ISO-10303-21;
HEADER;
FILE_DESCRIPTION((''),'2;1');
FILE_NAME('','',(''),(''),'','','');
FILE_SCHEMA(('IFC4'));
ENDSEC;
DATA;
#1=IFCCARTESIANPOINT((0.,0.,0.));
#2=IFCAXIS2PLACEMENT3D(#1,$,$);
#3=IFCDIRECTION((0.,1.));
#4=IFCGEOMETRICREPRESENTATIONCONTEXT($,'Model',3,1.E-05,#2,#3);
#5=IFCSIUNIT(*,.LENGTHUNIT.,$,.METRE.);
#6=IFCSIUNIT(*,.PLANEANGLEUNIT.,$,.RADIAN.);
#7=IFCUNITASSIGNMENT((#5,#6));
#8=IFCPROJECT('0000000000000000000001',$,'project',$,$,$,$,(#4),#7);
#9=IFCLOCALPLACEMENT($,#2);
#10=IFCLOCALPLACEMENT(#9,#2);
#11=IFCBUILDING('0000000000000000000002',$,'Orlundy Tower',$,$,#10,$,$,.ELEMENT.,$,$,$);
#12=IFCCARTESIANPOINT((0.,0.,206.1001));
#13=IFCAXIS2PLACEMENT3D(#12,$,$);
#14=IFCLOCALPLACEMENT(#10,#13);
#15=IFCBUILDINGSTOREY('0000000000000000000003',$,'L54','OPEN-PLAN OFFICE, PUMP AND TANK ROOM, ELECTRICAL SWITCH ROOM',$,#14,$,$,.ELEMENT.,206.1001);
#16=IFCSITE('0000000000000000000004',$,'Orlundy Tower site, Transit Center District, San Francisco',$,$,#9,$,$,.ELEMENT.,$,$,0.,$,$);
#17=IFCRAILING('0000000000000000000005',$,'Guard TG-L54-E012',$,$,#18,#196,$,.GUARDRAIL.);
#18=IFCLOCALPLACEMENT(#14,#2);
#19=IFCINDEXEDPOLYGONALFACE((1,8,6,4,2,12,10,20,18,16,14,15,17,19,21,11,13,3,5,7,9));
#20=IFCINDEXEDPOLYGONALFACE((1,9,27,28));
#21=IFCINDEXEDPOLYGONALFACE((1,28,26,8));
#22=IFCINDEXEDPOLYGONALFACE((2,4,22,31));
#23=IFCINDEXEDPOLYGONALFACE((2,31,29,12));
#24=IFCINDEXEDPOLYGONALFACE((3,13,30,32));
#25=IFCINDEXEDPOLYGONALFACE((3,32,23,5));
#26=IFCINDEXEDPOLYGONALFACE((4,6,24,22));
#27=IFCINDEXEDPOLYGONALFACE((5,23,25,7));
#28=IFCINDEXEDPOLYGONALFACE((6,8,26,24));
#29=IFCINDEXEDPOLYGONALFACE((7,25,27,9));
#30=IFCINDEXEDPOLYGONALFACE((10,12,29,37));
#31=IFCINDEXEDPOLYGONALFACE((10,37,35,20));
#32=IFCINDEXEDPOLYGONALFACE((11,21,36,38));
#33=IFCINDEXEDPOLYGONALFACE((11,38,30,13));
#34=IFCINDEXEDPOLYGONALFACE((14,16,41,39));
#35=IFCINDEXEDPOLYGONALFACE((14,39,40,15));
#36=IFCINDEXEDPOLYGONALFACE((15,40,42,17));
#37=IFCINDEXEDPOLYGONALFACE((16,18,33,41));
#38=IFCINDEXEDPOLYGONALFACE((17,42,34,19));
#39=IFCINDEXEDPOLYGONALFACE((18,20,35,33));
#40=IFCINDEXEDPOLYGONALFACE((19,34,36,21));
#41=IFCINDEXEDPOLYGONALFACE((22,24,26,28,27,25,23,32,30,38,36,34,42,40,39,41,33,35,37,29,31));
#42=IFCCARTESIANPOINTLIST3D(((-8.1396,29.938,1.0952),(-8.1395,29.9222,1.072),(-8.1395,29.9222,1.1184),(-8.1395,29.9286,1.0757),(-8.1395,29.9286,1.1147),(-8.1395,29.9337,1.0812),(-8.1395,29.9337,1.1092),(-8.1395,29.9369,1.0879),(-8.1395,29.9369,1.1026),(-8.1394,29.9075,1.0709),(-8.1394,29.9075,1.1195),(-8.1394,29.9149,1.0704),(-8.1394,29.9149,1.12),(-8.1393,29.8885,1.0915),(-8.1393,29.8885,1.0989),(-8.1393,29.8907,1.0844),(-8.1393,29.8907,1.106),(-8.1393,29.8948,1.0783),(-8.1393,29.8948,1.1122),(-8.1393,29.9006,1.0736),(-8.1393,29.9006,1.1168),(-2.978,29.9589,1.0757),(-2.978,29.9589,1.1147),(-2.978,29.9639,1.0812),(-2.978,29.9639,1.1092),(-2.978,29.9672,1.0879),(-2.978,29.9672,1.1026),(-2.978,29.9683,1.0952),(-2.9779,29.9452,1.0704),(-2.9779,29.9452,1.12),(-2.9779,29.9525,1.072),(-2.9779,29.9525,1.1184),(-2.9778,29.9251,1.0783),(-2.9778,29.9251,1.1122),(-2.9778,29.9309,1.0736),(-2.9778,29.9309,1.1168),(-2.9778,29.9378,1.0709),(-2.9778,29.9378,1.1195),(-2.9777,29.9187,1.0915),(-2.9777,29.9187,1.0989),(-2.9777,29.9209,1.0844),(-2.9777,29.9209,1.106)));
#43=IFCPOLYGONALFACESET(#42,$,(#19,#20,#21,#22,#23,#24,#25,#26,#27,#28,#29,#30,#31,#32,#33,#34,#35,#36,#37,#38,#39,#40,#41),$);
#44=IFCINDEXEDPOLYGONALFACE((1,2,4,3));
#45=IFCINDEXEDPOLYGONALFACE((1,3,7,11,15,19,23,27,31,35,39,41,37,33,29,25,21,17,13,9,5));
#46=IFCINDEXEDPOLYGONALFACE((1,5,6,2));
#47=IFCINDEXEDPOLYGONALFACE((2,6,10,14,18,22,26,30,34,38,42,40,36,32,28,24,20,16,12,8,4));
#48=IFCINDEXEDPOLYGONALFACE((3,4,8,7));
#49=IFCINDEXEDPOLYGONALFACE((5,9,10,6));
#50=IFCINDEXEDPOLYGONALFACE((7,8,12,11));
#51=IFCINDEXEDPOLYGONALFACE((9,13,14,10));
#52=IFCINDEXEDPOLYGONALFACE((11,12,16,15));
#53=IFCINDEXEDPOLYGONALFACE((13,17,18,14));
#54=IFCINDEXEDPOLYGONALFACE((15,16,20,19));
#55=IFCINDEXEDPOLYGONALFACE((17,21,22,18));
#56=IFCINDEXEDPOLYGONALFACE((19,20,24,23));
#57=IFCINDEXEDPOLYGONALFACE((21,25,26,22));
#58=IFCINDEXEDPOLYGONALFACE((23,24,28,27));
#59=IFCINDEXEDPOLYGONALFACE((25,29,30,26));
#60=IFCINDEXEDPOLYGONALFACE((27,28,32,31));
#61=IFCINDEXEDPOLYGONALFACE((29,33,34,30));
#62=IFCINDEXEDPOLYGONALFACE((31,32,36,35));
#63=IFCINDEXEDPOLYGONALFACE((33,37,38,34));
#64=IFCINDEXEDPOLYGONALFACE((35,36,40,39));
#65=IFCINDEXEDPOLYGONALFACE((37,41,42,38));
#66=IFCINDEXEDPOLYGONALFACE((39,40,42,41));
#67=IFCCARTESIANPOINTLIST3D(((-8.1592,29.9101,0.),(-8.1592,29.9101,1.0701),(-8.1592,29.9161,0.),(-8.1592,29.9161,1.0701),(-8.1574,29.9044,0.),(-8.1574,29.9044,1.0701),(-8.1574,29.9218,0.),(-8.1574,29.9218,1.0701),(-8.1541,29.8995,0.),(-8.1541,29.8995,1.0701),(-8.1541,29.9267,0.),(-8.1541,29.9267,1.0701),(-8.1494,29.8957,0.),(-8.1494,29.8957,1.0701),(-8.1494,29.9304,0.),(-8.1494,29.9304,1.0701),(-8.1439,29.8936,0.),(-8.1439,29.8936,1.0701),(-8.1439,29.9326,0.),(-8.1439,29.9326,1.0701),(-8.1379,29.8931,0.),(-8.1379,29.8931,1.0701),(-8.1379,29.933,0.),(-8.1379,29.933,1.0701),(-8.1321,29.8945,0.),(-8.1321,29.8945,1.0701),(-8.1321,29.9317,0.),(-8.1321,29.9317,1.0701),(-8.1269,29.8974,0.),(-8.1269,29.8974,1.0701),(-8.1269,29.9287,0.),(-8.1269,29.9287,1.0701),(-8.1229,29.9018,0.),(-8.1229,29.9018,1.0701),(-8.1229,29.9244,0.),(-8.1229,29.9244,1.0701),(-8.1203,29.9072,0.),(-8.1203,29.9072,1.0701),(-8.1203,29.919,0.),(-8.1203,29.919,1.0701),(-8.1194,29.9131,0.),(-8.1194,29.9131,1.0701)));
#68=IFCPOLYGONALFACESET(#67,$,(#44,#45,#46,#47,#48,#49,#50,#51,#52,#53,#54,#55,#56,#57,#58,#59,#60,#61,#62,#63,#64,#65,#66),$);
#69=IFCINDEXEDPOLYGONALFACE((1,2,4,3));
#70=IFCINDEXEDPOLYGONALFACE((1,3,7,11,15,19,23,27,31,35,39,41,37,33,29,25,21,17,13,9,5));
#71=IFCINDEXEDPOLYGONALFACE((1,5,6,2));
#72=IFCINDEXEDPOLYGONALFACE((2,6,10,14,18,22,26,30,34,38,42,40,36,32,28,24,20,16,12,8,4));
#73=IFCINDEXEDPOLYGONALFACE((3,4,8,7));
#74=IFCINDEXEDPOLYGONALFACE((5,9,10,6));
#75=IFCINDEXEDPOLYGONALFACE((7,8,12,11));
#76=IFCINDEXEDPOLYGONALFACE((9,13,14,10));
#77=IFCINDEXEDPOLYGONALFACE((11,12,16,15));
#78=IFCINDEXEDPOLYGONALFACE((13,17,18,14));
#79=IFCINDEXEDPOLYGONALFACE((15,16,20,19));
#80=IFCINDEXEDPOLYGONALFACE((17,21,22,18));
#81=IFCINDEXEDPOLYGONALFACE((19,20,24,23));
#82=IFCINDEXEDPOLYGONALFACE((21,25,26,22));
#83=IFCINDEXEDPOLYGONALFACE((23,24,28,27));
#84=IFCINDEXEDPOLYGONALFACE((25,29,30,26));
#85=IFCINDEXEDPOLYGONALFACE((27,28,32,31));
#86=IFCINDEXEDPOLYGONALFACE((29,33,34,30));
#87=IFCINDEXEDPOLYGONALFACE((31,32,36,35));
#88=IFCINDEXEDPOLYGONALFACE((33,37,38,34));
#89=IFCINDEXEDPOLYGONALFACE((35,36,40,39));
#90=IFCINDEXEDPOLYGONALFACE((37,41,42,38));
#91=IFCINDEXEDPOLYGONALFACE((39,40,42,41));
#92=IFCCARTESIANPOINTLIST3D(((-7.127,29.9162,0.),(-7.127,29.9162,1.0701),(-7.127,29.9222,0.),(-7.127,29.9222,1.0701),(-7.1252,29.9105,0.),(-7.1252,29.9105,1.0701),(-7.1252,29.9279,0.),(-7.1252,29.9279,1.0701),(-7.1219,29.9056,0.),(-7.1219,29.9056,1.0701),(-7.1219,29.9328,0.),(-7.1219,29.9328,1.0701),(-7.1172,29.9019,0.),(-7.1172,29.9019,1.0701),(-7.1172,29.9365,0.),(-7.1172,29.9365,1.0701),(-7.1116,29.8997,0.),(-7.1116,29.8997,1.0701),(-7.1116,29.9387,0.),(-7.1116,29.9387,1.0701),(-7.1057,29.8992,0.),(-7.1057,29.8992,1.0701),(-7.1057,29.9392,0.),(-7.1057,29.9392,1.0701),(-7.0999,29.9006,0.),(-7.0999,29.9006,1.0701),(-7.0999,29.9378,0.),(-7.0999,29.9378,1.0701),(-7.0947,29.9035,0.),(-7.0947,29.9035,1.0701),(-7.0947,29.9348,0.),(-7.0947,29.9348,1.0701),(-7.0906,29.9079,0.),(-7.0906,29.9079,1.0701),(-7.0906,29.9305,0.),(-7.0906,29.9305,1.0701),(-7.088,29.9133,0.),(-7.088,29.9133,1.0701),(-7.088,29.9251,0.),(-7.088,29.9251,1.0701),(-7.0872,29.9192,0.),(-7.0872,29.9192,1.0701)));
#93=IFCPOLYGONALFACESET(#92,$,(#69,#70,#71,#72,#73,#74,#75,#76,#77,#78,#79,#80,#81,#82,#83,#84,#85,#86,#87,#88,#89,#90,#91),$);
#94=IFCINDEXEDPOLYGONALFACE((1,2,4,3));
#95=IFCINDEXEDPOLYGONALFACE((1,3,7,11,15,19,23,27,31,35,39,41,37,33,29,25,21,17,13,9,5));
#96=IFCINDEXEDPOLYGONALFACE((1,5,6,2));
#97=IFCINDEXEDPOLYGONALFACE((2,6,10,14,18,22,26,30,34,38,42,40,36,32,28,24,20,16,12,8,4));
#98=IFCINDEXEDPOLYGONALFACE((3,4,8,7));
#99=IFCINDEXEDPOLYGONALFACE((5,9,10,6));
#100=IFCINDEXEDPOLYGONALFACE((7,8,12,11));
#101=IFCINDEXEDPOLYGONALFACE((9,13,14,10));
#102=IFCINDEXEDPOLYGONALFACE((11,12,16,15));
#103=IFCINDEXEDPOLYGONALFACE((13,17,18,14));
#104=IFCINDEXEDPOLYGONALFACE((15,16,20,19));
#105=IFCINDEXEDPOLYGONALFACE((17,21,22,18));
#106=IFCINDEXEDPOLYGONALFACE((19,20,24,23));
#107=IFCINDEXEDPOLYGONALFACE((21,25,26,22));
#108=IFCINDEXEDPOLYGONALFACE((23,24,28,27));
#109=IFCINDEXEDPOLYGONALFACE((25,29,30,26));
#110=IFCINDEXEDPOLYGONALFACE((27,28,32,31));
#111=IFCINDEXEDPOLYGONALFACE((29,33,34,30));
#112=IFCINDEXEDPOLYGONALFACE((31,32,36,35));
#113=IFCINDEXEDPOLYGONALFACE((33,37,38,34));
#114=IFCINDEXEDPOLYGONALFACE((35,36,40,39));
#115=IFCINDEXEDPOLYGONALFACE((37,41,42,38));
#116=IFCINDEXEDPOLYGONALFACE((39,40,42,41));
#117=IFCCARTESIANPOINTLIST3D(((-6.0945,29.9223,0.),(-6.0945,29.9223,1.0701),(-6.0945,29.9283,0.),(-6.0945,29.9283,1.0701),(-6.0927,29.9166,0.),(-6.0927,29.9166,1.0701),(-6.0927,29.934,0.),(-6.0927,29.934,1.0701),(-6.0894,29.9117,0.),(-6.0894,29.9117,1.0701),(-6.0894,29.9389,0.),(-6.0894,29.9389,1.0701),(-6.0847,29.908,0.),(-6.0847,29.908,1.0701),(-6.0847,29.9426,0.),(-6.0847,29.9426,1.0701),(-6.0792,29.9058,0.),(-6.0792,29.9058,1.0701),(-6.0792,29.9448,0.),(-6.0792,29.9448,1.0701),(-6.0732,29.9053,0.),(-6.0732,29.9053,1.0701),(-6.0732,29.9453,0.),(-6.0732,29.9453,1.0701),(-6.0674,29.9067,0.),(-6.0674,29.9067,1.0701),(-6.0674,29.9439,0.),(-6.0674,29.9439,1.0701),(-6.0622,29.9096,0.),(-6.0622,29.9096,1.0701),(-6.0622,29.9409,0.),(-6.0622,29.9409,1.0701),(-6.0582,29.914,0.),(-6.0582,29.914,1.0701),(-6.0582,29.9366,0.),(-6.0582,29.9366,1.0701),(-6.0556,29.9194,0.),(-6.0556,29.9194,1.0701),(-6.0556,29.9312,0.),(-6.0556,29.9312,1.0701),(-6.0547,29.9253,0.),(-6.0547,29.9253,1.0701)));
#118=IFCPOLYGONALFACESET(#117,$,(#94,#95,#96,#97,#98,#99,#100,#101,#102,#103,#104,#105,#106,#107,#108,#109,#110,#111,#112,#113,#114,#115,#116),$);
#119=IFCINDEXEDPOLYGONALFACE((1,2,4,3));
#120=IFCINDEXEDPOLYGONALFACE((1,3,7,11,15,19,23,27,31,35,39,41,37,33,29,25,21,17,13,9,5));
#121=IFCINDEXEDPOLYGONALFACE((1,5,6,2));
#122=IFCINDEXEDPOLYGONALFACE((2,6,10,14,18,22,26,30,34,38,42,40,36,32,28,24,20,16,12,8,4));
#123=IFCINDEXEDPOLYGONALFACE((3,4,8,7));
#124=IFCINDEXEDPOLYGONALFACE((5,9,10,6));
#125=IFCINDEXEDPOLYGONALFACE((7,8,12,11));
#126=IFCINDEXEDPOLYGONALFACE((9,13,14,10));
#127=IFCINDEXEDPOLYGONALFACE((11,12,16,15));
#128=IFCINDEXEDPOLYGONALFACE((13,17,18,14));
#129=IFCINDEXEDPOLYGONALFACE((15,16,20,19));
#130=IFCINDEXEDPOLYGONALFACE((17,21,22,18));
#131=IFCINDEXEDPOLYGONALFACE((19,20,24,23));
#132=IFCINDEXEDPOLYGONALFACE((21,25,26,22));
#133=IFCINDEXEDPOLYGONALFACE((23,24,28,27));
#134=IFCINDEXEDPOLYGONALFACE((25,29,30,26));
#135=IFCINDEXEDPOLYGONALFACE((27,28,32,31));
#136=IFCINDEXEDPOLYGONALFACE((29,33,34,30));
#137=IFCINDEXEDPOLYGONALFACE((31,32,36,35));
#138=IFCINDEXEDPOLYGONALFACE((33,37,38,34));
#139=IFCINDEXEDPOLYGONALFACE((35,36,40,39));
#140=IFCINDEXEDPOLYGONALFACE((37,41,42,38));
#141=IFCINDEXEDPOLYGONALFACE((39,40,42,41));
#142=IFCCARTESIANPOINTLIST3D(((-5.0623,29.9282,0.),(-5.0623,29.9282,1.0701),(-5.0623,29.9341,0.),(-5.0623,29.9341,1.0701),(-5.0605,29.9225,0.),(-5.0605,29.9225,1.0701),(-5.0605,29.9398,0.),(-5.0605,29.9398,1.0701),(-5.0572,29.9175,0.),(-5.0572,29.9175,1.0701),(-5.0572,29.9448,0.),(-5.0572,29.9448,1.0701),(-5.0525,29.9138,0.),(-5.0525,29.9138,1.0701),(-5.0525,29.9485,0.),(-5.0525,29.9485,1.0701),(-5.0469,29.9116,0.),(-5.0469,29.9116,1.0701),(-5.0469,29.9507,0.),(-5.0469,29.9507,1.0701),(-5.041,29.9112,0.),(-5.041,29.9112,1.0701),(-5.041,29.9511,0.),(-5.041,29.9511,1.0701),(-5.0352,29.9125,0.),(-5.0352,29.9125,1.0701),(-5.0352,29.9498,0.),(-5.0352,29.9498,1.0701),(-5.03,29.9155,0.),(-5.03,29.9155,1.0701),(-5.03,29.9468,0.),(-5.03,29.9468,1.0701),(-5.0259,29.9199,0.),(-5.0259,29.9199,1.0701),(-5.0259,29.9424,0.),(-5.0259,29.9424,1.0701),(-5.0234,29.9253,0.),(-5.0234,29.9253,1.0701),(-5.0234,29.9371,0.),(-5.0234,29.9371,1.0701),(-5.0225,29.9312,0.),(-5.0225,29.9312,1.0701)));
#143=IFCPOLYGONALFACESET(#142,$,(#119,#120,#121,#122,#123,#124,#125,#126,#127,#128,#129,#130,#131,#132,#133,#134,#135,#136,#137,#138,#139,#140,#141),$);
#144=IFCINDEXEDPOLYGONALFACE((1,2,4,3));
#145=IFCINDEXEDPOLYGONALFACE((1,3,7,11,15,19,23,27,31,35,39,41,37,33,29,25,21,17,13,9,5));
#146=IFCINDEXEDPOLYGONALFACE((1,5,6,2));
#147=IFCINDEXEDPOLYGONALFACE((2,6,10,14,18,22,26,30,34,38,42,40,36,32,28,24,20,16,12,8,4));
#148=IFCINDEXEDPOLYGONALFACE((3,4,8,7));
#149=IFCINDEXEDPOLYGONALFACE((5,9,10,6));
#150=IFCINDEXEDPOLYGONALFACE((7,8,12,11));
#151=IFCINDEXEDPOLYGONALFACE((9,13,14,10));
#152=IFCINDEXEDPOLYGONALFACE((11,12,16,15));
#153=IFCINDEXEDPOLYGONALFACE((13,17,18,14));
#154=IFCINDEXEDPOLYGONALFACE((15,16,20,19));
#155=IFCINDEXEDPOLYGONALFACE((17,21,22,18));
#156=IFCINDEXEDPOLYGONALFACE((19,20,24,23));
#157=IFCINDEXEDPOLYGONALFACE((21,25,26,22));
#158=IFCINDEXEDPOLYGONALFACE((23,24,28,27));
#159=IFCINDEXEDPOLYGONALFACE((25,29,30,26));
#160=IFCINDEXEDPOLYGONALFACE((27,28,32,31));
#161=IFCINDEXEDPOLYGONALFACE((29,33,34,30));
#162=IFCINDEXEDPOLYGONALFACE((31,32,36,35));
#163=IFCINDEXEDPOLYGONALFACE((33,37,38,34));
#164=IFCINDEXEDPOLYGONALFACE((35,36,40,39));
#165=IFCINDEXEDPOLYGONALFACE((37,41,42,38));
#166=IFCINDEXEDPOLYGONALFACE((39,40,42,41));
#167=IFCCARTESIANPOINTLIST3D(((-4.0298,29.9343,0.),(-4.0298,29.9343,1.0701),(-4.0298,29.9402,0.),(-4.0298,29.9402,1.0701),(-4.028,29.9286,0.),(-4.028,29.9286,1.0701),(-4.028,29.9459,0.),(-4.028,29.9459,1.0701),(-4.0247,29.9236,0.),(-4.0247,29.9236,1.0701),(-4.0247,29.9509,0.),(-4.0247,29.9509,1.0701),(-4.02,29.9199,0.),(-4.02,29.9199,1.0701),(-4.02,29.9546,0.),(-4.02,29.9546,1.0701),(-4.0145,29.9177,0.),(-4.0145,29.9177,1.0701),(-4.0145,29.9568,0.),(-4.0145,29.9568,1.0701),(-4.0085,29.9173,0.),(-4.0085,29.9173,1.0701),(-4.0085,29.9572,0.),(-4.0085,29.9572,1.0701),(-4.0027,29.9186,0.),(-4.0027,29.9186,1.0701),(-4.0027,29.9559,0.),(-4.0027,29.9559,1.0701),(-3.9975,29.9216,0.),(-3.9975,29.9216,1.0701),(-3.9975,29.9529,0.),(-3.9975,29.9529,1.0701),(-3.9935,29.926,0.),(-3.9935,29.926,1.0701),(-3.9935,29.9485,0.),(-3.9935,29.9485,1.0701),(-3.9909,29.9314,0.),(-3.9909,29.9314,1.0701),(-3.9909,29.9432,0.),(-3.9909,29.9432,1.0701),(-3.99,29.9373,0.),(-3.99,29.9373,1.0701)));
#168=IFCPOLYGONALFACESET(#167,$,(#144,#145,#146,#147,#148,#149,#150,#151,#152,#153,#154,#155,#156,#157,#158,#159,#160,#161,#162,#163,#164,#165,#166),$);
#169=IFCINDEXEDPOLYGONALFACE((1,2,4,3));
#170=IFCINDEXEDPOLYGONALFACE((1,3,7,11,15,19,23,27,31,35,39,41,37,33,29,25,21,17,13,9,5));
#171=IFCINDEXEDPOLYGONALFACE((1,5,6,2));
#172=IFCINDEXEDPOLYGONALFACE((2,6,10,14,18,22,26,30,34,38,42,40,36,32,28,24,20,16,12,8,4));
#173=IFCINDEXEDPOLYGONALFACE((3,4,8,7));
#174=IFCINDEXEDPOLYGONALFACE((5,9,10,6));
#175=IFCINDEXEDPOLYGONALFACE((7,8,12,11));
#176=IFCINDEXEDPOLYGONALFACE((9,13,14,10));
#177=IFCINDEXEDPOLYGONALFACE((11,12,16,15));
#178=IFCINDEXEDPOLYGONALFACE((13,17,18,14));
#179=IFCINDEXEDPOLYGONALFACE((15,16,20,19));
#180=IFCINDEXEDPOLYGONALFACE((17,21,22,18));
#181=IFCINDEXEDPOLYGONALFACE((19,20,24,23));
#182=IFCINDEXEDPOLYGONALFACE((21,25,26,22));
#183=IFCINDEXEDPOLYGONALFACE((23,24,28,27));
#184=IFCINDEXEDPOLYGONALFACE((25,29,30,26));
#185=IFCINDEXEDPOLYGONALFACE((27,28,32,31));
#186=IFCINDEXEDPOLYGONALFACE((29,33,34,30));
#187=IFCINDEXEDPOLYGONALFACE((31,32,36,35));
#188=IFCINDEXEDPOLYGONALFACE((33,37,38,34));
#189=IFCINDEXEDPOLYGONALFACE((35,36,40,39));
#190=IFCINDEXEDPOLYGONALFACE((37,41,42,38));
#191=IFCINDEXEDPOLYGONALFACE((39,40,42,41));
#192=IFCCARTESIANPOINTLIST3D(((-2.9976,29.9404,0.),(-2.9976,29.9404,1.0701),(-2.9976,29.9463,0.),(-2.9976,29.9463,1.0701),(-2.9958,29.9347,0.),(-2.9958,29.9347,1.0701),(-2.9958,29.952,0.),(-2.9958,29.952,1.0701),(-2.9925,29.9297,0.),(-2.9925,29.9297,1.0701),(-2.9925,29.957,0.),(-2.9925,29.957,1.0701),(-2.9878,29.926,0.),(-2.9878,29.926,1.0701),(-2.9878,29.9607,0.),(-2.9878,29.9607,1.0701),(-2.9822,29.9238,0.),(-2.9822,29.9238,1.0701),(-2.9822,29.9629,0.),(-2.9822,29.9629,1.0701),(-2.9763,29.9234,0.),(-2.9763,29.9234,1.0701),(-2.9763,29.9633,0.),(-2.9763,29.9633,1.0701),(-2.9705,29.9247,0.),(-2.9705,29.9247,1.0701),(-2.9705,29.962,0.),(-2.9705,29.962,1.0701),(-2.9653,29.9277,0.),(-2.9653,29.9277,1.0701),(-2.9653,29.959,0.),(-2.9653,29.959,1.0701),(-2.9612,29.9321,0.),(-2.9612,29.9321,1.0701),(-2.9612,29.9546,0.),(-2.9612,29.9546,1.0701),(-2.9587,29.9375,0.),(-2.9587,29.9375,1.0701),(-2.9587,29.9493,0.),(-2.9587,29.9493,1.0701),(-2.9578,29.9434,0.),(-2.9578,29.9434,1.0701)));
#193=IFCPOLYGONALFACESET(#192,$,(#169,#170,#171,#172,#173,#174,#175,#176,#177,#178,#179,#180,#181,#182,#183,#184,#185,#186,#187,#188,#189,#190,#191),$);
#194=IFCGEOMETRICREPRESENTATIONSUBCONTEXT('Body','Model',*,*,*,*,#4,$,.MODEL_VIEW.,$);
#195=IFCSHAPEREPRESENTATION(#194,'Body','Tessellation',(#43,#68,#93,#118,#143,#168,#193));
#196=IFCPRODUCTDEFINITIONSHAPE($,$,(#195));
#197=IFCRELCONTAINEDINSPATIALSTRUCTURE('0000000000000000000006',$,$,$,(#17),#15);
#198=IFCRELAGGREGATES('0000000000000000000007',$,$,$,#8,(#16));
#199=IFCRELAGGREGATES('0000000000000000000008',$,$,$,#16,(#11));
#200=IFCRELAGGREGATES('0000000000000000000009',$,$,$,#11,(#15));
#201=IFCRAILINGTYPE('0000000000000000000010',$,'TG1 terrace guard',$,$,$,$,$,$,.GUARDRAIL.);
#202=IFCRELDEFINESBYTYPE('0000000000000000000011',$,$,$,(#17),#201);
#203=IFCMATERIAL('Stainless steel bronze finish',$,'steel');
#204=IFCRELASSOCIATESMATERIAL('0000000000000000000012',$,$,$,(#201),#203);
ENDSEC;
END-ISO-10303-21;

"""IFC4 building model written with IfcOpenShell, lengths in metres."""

from ifc_helpers import new_model, si_unit, direction, frame, origin, origin_2d, place, context, subcontext, project, spatial, circle, extrude, material, type_object, element, save


model = new_model("IFC4")

# Units and contexts
model_context = context("Model", 3, precision=1e-05, world=origin(), true_north=direction((0.0, 1.0)))
body_context = subcontext(model_context, "Body", "Model", "MODEL_VIEW")
ifc_project = project(units=[si_unit("LENGTHUNIT", "METRE"), si_unit("PLANEANGLEUNIT", "RADIAN")], contexts=[model_context])

# Site, building, storey
site_placement = place(None, origin())
site = spatial("IfcSite", under=ifc_project, at=site_placement, Name="Orlundy Tower site, Transit Center District, San Francisco", CompositionType="ELEMENT", RefElevation=0.0)
building_placement = place(site_placement, origin())
building = spatial("IfcBuilding", under=site, at=building_placement, Name="Orlundy Tower", CompositionType="ELEMENT")
storey_placement = place(building_placement, frame((0.0, 0.0, 206.1001)))
storey = spatial("IfcBuildingStorey", under=building, at=storey_placement, Name="L54", Description="OPEN-PLAN OFFICE, PUMP AND TANK ROOM, ELECTRICAL SWITCH ROOM", CompositionType="ELEMENT", Elevation=206.1001)

# Railing
ifc_material_1 = material(Name="Stainless steel bronze finish", Category="steel")
railing_type_1 = type_object("IfcRailingType", Name="TG1 terrace guard", PredefinedType="GUARDRAIL", material=ifc_material_1)
railing_1_placement = place(storey_placement, frame((-8.1394, 29.9131, 0.0)))
element("IfcRailing", 1, at=railing_1_placement, inside=storey, type_object=railing_type_1, Name="Guard TG-L54-E012", PredefinedType="GUARDRAIL", context=body_context, shape_type="SweptSolid", body=[
    extrude(circle(Radius=0.0249, at=origin_2d()), frame((0.0, 0.0, 1.0952), z_axis=(0.999983, 0.005865, 0.0), x_axis=(-0.005865, 0.999983, 0.0)), (0.0, 0.0, 1.0), 5.1616),
    extrude(circle(Radius=0.02, at=origin_2d()), origin(), (0.0, 0.0, 1.0), 1.0701),
    extrude(circle(Radius=0.02, at=origin_2d()), frame((1.0322, 0.0061, 0.0)), (0.0, 0.0, 1.0), 1.0701),
    extrude(circle(Radius=0.02, at=origin_2d()), frame((2.0647, 0.0122, 0.0)), (0.0, 0.0, 1.0), 1.0701),
    extrude(circle(Radius=0.02, at=origin_2d()), frame((3.0969, 0.0181, 0.0)), (0.0, 0.0, 1.0), 1.0701),
    extrude(circle(Radius=0.02, at=origin_2d()), frame((4.1294, 0.0242, 0.0)), (0.0, 0.0, 1.0), 1.0701),
    extrude(circle(Radius=0.02, at=origin_2d()), frame((5.1616, 0.0303, 0.0)), (0.0, 0.0, 1.0), 1.0701),
])

save(model, "model.ifc")
